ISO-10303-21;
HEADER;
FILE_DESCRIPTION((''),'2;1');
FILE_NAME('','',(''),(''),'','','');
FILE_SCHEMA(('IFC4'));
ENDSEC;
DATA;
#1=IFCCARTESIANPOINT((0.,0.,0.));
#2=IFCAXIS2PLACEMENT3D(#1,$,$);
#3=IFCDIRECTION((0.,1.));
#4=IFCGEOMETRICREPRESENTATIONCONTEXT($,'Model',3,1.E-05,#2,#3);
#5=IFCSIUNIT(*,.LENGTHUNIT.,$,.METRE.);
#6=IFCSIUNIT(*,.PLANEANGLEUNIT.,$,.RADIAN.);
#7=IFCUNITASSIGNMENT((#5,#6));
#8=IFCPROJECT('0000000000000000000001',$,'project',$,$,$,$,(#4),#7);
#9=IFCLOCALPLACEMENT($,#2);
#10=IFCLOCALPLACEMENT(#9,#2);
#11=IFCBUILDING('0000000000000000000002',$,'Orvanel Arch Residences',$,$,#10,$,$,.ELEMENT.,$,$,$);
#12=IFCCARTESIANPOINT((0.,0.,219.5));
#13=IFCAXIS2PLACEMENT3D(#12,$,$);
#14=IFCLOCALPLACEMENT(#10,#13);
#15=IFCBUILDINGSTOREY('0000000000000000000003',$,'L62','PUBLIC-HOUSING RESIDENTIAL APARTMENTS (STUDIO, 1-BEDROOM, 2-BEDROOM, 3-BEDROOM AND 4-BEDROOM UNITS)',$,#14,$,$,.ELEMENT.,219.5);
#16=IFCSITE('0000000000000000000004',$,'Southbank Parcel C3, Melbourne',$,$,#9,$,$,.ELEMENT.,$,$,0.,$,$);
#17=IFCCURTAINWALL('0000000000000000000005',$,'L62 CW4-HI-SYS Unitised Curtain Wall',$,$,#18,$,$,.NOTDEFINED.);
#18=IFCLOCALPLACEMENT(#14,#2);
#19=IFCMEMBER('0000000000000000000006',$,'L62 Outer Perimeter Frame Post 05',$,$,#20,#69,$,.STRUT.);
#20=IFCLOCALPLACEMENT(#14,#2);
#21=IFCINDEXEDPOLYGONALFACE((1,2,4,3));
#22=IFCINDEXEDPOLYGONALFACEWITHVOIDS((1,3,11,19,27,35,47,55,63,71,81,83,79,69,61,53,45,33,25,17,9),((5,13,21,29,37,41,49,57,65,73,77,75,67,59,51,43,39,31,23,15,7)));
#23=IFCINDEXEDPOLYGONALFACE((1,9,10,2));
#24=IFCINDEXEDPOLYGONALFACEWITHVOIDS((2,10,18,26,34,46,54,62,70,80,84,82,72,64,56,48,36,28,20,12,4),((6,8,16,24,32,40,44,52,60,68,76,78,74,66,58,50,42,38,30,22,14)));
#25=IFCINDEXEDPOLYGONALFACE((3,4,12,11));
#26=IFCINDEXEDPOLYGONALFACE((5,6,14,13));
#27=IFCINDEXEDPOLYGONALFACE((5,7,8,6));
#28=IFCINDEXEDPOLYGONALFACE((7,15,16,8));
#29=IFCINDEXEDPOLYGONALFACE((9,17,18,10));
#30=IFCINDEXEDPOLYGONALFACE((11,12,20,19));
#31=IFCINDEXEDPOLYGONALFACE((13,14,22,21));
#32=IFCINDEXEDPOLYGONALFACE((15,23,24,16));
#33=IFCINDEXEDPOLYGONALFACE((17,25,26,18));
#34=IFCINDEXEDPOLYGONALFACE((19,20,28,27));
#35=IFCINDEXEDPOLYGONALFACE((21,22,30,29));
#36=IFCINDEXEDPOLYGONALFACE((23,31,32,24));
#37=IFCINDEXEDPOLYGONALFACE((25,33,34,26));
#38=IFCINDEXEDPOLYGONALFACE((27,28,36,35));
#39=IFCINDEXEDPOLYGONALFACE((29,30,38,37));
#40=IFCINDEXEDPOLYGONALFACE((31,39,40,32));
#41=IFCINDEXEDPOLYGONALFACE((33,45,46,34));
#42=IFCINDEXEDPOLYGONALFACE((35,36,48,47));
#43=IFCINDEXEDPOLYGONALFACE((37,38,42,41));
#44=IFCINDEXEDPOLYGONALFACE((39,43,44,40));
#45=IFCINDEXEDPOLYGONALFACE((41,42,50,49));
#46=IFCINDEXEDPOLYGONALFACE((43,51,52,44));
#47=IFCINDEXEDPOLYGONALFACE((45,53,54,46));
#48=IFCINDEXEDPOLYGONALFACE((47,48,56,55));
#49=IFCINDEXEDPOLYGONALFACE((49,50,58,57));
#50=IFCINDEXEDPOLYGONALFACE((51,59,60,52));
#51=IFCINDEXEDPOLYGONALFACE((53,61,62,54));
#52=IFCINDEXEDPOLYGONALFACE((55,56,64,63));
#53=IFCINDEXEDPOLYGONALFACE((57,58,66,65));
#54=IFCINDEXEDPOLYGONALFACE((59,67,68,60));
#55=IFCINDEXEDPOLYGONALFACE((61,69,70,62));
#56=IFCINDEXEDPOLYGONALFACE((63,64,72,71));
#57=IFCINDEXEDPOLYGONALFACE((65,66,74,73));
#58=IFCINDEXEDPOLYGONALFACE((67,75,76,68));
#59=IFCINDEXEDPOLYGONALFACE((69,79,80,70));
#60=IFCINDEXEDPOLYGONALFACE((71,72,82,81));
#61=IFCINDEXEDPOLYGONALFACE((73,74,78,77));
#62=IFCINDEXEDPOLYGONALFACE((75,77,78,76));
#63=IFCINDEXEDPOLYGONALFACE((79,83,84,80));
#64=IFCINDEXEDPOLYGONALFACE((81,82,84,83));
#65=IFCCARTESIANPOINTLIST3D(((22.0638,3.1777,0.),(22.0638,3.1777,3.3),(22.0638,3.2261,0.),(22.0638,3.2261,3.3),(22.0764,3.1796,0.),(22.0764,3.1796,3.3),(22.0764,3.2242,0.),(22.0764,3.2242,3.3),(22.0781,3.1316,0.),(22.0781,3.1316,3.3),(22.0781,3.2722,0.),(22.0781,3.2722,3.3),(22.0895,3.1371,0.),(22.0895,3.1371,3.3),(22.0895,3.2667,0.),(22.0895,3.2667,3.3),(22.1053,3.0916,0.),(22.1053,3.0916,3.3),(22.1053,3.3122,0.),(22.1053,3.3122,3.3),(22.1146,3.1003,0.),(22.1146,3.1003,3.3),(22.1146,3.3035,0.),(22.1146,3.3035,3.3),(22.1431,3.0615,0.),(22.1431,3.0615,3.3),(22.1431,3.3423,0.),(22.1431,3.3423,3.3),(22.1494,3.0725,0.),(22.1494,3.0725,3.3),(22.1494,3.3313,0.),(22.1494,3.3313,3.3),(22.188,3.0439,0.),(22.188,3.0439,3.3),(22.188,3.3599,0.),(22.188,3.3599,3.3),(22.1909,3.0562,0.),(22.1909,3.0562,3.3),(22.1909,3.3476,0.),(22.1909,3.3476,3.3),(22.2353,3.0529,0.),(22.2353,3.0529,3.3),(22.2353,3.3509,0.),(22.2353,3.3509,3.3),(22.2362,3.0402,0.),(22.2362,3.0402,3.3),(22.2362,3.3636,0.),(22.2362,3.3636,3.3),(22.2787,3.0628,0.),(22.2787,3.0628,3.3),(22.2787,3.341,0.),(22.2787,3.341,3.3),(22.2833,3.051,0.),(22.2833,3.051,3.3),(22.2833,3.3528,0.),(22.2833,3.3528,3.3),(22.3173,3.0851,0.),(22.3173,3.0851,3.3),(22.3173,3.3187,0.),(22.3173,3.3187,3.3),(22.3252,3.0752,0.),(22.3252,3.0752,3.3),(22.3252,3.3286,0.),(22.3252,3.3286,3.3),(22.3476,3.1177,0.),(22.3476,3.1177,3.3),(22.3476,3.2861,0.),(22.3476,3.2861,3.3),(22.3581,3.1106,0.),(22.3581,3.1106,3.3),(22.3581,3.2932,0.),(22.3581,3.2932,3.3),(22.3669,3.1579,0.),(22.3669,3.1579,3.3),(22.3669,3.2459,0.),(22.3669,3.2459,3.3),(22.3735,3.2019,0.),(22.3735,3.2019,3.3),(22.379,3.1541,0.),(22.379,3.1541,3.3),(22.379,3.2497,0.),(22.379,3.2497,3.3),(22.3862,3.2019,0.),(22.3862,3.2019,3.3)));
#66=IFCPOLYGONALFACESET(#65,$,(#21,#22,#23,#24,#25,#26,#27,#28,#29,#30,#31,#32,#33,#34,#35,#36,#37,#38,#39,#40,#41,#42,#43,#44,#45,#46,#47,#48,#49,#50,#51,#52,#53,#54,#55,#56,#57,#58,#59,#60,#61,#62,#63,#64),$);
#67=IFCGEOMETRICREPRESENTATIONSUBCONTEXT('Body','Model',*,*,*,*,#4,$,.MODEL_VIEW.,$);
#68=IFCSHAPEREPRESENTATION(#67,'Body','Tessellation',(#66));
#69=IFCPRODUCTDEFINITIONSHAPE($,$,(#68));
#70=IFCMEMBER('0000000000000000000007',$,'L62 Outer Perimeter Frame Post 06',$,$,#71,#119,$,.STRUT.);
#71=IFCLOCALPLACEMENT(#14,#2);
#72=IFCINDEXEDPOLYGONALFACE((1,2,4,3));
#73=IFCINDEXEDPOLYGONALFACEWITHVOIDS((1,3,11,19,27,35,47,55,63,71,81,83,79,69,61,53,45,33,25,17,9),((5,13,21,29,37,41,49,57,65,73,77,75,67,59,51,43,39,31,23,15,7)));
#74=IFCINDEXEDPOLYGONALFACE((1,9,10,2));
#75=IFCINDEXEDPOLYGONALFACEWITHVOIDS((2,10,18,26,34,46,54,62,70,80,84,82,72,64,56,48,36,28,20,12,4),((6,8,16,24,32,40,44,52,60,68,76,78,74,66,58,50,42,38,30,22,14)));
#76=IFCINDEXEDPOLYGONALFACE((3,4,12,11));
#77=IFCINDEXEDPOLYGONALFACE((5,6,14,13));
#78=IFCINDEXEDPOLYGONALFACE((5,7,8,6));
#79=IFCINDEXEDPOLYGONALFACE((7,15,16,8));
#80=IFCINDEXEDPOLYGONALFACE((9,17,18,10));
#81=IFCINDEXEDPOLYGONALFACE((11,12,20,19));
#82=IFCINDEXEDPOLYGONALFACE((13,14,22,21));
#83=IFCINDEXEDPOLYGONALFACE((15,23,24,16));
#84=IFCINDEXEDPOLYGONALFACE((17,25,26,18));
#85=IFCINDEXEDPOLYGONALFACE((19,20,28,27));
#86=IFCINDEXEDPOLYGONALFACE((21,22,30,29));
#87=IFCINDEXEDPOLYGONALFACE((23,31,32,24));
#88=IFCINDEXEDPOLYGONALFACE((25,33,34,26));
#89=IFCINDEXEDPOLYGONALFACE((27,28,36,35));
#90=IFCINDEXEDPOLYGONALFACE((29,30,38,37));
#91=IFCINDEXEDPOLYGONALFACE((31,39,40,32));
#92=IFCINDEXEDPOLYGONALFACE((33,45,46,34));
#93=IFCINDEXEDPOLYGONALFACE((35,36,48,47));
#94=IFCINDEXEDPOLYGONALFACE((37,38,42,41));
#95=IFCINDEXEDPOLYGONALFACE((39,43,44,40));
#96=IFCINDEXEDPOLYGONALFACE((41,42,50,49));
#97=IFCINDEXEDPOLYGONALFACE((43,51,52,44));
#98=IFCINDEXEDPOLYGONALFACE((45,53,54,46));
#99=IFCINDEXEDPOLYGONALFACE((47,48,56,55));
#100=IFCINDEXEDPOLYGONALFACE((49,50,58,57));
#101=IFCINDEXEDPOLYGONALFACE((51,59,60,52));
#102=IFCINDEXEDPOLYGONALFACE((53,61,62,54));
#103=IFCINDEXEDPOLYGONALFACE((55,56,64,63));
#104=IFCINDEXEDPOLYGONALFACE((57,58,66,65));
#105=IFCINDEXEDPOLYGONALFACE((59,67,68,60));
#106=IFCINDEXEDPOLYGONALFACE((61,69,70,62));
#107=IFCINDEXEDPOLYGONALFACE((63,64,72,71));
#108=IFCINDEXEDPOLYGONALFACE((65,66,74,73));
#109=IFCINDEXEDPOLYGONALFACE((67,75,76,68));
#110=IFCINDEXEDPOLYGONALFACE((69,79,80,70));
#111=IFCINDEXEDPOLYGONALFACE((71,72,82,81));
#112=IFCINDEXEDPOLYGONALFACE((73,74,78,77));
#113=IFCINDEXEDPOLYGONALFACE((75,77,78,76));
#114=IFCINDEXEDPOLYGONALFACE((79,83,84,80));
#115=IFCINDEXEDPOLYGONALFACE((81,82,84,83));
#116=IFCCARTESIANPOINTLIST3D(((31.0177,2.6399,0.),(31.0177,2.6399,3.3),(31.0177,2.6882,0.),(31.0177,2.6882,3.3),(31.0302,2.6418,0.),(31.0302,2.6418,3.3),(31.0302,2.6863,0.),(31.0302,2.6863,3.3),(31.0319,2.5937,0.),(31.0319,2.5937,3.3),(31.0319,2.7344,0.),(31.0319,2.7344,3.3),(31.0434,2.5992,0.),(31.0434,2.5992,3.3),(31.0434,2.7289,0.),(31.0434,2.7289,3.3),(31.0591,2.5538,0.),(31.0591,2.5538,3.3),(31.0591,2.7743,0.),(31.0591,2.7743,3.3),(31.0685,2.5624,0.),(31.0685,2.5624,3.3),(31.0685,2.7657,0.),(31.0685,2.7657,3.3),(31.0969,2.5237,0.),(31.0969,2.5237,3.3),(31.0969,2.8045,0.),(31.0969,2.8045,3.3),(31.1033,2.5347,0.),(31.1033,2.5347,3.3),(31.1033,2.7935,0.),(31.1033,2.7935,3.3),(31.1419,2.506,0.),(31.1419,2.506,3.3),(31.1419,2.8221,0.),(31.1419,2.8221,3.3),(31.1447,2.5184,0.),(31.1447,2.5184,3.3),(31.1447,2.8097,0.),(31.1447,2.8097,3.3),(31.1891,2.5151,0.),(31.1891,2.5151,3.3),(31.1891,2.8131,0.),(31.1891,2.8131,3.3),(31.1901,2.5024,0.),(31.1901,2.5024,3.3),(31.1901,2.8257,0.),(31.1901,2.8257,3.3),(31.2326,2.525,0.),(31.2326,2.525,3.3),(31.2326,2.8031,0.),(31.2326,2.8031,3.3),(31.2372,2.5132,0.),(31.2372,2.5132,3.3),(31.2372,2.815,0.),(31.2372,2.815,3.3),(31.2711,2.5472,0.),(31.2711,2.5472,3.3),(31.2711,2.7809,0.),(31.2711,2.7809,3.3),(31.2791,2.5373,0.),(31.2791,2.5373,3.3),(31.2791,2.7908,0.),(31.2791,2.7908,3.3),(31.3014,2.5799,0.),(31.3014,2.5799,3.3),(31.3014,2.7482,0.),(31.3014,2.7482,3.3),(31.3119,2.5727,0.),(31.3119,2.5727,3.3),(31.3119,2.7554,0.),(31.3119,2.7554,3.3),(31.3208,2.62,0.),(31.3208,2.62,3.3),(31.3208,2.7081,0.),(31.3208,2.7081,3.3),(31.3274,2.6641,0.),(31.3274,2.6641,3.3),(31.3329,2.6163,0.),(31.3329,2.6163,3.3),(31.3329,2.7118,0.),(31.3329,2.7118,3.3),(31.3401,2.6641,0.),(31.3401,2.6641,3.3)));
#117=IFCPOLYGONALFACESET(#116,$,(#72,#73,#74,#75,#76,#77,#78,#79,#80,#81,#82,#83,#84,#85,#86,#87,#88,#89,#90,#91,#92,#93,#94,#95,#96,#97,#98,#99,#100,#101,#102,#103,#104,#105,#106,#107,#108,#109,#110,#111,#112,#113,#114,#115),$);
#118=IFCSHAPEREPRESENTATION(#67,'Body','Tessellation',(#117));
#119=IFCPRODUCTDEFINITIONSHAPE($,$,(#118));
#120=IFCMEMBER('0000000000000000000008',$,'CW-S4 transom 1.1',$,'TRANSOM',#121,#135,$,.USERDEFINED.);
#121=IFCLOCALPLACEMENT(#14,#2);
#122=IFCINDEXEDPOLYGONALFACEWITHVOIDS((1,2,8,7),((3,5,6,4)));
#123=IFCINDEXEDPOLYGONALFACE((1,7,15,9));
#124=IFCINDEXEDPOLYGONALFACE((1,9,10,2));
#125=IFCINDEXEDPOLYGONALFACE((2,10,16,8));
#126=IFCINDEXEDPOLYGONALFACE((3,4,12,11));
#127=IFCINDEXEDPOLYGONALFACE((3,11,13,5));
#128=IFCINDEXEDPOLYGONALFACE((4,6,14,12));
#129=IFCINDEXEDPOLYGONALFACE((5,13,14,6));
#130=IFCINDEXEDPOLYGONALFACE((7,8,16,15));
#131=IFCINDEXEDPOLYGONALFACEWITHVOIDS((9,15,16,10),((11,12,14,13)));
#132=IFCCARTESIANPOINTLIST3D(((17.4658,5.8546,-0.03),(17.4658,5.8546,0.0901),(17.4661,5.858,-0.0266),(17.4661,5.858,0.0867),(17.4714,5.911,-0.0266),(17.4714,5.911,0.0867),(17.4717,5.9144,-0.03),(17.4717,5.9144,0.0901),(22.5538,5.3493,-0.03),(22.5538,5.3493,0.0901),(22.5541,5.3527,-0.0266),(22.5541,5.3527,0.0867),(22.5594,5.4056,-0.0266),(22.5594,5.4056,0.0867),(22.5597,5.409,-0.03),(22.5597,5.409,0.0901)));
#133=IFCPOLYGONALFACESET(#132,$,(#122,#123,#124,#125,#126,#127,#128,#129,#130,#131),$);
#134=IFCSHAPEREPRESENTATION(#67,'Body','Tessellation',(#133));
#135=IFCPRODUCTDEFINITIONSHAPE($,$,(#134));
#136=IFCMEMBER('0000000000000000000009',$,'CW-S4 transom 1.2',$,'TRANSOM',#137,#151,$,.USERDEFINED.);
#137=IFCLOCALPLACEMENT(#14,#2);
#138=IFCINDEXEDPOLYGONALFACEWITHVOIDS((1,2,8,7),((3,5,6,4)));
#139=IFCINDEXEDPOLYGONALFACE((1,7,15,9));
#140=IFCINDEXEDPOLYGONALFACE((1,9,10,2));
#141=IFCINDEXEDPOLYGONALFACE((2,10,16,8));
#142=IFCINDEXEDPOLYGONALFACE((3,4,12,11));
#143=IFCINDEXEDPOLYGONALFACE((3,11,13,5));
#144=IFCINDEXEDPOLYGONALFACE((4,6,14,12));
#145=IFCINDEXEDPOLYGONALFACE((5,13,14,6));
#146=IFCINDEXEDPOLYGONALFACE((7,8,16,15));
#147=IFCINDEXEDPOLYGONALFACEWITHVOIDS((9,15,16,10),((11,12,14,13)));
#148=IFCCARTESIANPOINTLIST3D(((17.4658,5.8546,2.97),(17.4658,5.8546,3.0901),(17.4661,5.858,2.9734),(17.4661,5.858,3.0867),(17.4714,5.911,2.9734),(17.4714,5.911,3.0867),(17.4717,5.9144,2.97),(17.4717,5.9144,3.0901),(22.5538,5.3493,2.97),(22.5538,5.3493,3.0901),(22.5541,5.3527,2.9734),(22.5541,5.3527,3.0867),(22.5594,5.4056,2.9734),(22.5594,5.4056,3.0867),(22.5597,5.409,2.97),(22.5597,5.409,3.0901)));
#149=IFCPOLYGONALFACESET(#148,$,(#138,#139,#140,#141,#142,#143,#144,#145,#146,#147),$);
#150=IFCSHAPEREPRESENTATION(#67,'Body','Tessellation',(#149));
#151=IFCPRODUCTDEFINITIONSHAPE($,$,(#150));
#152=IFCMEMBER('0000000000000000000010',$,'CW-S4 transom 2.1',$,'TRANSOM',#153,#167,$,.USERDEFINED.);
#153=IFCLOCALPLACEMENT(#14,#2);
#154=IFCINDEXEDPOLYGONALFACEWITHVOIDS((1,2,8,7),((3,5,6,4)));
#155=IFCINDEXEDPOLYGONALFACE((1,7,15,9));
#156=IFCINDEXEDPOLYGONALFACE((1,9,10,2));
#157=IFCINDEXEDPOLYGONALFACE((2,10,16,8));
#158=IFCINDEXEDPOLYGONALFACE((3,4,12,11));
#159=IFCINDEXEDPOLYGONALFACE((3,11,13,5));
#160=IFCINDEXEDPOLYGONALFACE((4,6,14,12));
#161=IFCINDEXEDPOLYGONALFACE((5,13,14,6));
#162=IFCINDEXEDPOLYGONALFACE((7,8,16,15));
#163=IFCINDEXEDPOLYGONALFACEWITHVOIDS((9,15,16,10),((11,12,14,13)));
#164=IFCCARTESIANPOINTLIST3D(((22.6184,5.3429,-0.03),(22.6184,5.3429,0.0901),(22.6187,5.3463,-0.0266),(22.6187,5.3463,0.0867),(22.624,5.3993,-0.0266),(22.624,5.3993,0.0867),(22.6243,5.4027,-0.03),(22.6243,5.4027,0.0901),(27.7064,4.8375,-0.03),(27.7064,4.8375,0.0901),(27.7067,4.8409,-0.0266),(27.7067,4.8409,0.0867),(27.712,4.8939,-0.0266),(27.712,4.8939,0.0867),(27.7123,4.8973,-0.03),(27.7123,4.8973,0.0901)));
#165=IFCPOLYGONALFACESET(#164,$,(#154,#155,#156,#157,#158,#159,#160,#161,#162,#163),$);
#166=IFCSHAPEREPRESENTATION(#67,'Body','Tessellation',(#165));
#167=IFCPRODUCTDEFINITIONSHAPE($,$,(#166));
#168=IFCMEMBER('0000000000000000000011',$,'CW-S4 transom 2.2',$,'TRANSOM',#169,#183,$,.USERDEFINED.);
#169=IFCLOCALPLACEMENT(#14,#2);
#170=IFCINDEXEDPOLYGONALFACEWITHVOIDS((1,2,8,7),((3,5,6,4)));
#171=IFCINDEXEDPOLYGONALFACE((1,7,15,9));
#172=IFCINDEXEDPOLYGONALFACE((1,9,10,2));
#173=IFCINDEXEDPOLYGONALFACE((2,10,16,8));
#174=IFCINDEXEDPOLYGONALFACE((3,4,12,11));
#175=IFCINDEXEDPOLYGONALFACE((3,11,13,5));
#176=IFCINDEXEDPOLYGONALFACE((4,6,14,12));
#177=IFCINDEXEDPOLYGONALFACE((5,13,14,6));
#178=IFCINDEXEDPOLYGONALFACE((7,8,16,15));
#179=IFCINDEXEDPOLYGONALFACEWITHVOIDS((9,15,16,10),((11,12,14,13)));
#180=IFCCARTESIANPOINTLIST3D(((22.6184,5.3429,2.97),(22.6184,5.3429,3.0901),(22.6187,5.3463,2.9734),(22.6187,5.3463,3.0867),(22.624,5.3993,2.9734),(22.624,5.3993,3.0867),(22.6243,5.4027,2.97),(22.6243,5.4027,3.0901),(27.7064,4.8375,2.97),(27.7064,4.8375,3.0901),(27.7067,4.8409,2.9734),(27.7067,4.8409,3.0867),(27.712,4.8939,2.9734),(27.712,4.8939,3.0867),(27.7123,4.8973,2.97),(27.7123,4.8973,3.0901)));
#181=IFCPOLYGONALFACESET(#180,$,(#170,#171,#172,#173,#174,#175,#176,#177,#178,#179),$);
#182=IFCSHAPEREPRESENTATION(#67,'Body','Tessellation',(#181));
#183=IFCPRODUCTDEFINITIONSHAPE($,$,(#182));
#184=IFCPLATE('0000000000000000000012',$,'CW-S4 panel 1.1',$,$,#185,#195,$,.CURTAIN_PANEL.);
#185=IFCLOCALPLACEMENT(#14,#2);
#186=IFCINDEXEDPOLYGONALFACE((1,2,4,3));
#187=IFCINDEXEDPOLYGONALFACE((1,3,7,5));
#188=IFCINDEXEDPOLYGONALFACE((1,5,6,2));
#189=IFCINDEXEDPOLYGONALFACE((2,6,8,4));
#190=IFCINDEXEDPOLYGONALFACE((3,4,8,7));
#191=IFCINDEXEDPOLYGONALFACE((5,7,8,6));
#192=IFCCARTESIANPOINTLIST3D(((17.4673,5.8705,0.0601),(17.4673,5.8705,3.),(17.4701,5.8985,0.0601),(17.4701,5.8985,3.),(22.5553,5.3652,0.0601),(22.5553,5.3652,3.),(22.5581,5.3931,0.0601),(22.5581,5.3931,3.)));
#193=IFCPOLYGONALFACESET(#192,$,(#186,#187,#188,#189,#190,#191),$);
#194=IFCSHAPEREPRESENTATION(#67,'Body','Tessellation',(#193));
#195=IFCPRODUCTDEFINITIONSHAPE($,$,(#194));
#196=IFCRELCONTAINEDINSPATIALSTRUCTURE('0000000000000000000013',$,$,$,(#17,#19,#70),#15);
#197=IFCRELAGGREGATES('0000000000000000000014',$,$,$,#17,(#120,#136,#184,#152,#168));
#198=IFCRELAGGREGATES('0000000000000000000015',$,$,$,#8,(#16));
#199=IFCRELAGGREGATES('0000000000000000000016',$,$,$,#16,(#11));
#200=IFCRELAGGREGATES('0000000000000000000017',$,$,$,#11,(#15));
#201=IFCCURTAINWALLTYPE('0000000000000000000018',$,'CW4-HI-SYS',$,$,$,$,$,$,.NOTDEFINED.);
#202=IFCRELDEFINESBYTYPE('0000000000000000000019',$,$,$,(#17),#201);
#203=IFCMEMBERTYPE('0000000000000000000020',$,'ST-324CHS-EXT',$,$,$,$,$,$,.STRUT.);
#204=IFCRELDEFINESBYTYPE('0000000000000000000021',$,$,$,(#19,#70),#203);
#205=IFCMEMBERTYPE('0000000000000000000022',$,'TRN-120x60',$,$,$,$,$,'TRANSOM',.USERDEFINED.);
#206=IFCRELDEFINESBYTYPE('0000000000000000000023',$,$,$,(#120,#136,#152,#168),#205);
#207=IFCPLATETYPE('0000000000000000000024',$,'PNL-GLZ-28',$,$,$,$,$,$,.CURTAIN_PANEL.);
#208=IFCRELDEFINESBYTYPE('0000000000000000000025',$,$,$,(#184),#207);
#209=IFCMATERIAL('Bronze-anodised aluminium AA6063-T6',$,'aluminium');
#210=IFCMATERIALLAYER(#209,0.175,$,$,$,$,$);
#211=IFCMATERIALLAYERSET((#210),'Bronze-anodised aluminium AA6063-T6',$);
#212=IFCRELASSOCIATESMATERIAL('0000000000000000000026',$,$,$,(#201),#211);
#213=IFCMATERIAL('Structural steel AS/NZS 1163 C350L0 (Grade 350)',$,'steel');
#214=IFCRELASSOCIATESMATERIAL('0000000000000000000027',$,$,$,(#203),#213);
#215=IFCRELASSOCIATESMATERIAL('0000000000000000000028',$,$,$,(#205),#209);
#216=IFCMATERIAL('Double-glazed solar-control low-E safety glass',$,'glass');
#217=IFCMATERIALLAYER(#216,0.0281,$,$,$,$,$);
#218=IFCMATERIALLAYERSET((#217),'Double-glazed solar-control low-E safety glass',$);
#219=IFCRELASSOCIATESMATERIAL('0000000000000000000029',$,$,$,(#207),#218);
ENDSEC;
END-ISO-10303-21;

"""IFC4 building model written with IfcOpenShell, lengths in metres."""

from ifc_helpers import new_model, si_unit, direction, frame, origin, origin_2d, place, context, subcontext, project, spatial, rectangle, hollow_rectangle, hollow_circle, extrude, material, layer, layer_set, material_profile, profile_set, type_object, element, aggregate, save


model = new_model("IFC4")

# Units and contexts
model_context = context("Model", 3, precision=1e-05, world=origin(), true_north=direction((0.0, 1.0)))
body_context = subcontext(model_context, "Body", "Model", "MODEL_VIEW")
ifc_project = project(units=[si_unit("LENGTHUNIT", "METRE"), si_unit("PLANEANGLEUNIT", "RADIAN")], contexts=[model_context])

# Site, building, storey
site_placement = place(None, origin())
site = spatial("IfcSite", under=ifc_project, at=site_placement, Name="Southbank Parcel C3, Melbourne", CompositionType="ELEMENT", RefElevation=0.0)
building_placement = place(site_placement, origin())
building = spatial("IfcBuilding", under=site, at=building_placement, Name="Orvanel Arch Residences", CompositionType="ELEMENT")
storey_placement = place(building_placement, frame((0.0, 0.0, 219.5)))
storey = spatial("IfcBuildingStorey", under=building, at=storey_placement, Name="L62", Description="PUBLIC-HOUSING RESIDENTIAL APARTMENTS (STUDIO, 1-BEDROOM, 2-BEDROOM, 3-BEDROOM AND 4-BEDROOM UNITS)", CompositionType="ELEMENT", Elevation=219.5)

# Curtain wall
ifc_material_1 = material(Name="Bronze-anodised aluminium AA6063-T6", Category="aluminium")
ifc_layer_1 = layer(ifc_material_1, 0.175)
ifc_layer_set_1 = layer_set([ifc_layer_1], Name="Bronze-anodised aluminium AA6063-T6")
curtain_wall_type = type_object("IfcCurtainWallType", Name="CW4-HI-SYS", PredefinedType="NOTDEFINED", material=ifc_layer_set_1)
curtain_wall_placement = place(storey_placement, origin())
curtain_wall = element("IfcCurtainWall", 1, at=curtain_wall_placement, inside=storey, type_object=curtain_wall_type, Name="L62 CW4-HI-SYS Unitised Curtain Wall", PredefinedType="NOTDEFINED")

# Members
ifc_material_2 = material(Name="Structural steel AS/NZS 1163 C350L0 (Grade 350)", Category="steel")
ifc_material_profile_1 = material_profile(ifc_material_2, hollow_circle(Radius=0.1621, WallThickness=0.0127, at=origin_2d()), Name="CHS324x12.7")
ifc_profile_set_1 = profile_set([ifc_material_profile_1], Name="Structural steel AS/NZS 1163 C350L0 (Grade 350)")
member_type_1 = type_object("IfcMemberType", Name="ST-324CHS-EXT", PredefinedType="STRUT", material=ifc_profile_set_1)
for number, where, z_axis, x_axis, name in (
    (2, (22.2241, 3.2019, 0.0), (0.0, 0.0, 1.0), (1.0, 0.0, 0.0), "L62 Outer Perimeter Frame Post 05"),
    (3, (31.178, 2.6641, 0.0), (0.0, 0.0, 1.0), (1.0, 0.0, 0.0), "L62 Outer Perimeter Frame Post 06"),
):
    element("IfcMember", number, at=place(storey_placement, frame(where, z_axis=z_axis, x_axis=x_axis)), inside=storey, type_object=member_type_1, Name=name, PredefinedType="STRUT", context=body_context, shape_type="SweptSolid", body=[
        extrude(hollow_circle(Radius=0.1621, WallThickness=0.0127, at=origin_2d()), origin(), (0.0, 0.0, 1.0), 3.3),
    ])

# Members
ifc_material_profile_2 = material_profile(ifc_material_1, hollow_rectangle(XDim=0.0601, YDim=0.1201, WallThickness=0.0034, at=origin_2d()), Name="ALU120x60x3.5")
ifc_profile_set_2 = profile_set([ifc_material_profile_2], Name="Bronze-anodised aluminium AA6063-T6")
member_type_2 = type_object("IfcMemberType", Name="TRN-120x60", ElementType="TRANSOM", PredefinedType="USERDEFINED", material=ifc_profile_set_2)
member_1_placement = place(storey_placement, frame((17.4688, 5.8845, 0.03), z_axis=(0.995103, -0.098842, 0.0), x_axis=(0.098842, 0.995103, 0.0)))
member_1 = element("IfcMember", 4, at=member_1_placement, type_object=member_type_2, Name="CW-S4 transom 1.1", ObjectType="TRANSOM", PredefinedType="USERDEFINED", context=body_context, shape_type="SweptSolid", body=[
    extrude(hollow_rectangle(XDim=0.0601, YDim=0.1201, WallThickness=0.0034, at=origin_2d()), origin(), (0.0, 0.0, 1.0), 5.113),
])
member_2_placement = place(storey_placement, frame((17.4688, 5.8845, 3.03), z_axis=(0.995103, -0.098842, 0.0), x_axis=(0.098842, 0.995103, 0.0)))
member_2 = element("IfcMember", 5, at=member_2_placement, type_object=member_type_2, Name="CW-S4 transom 1.2", ObjectType="TRANSOM", PredefinedType="USERDEFINED", context=body_context, shape_type="SweptSolid", body=[
    extrude(hollow_rectangle(XDim=0.0601, YDim=0.1201, WallThickness=0.0034, at=origin_2d()), origin(), (0.0, 0.0, 1.0), 5.113),
])
member_3_placement = place(storey_placement, frame((22.6213, 5.3728, 0.03), z_axis=(0.995103, -0.098842, 0.0), x_axis=(0.098842, 0.995103, 0.0)))
member_3 = element("IfcMember", 6, at=member_3_placement, type_object=member_type_2, Name="CW-S4 transom 2.1", ObjectType="TRANSOM", PredefinedType="USERDEFINED", context=body_context, shape_type="SweptSolid", body=[
    extrude(hollow_rectangle(XDim=0.0601, YDim=0.1201, WallThickness=0.0034, at=origin_2d()), origin(), (0.0, 0.0, 1.0), 5.113),
])
member_4_placement = place(storey_placement, frame((22.6213, 5.3728, 3.03), z_axis=(0.995103, -0.098842, 0.0), x_axis=(0.098842, 0.995103, 0.0)))
member_4 = element("IfcMember", 7, at=member_4_placement, type_object=member_type_2, Name="CW-S4 transom 2.2", ObjectType="TRANSOM", PredefinedType="USERDEFINED", context=body_context, shape_type="SweptSolid", body=[
    extrude(hollow_rectangle(XDim=0.0601, YDim=0.1201, WallThickness=0.0034, at=origin_2d()), origin(), (0.0, 0.0, 1.0), 5.113),
])

# Plate
ifc_material_3 = material(Name="Double-glazed solar-control low-E safety glass", Category="glass")
ifc_layer_2 = layer(ifc_material_3, 0.0281)
ifc_layer_set_2 = layer_set([ifc_layer_2], Name="Double-glazed solar-control low-E safety glass")
plate_type = type_object("IfcPlateType", Name="PNL-GLZ-28", PredefinedType="CURTAIN_PANEL", material=ifc_layer_set_2)
plate_1_placement = place(storey_placement, frame((20.0127, 5.6318, 0.0601), z_axis=(0.0, 0.0, 1.0), x_axis=(0.995103, -0.098839, 0.0)))
plate_1 = element("IfcPlate", 8, at=plate_1_placement, type_object=plate_type, Name="CW-S4 panel 1.1", PredefinedType="CURTAIN_PANEL", context=body_context, shape_type="SweptSolid", body=[
    extrude(rectangle(XDim=5.113, YDim=0.0281, at=origin_2d()), origin(), (0.0, 0.0, 1.0), 2.9399),
])
aggregate(curtain_wall, [member_1, member_2, plate_1, member_3, member_4])

save(model, "model.ifc")
